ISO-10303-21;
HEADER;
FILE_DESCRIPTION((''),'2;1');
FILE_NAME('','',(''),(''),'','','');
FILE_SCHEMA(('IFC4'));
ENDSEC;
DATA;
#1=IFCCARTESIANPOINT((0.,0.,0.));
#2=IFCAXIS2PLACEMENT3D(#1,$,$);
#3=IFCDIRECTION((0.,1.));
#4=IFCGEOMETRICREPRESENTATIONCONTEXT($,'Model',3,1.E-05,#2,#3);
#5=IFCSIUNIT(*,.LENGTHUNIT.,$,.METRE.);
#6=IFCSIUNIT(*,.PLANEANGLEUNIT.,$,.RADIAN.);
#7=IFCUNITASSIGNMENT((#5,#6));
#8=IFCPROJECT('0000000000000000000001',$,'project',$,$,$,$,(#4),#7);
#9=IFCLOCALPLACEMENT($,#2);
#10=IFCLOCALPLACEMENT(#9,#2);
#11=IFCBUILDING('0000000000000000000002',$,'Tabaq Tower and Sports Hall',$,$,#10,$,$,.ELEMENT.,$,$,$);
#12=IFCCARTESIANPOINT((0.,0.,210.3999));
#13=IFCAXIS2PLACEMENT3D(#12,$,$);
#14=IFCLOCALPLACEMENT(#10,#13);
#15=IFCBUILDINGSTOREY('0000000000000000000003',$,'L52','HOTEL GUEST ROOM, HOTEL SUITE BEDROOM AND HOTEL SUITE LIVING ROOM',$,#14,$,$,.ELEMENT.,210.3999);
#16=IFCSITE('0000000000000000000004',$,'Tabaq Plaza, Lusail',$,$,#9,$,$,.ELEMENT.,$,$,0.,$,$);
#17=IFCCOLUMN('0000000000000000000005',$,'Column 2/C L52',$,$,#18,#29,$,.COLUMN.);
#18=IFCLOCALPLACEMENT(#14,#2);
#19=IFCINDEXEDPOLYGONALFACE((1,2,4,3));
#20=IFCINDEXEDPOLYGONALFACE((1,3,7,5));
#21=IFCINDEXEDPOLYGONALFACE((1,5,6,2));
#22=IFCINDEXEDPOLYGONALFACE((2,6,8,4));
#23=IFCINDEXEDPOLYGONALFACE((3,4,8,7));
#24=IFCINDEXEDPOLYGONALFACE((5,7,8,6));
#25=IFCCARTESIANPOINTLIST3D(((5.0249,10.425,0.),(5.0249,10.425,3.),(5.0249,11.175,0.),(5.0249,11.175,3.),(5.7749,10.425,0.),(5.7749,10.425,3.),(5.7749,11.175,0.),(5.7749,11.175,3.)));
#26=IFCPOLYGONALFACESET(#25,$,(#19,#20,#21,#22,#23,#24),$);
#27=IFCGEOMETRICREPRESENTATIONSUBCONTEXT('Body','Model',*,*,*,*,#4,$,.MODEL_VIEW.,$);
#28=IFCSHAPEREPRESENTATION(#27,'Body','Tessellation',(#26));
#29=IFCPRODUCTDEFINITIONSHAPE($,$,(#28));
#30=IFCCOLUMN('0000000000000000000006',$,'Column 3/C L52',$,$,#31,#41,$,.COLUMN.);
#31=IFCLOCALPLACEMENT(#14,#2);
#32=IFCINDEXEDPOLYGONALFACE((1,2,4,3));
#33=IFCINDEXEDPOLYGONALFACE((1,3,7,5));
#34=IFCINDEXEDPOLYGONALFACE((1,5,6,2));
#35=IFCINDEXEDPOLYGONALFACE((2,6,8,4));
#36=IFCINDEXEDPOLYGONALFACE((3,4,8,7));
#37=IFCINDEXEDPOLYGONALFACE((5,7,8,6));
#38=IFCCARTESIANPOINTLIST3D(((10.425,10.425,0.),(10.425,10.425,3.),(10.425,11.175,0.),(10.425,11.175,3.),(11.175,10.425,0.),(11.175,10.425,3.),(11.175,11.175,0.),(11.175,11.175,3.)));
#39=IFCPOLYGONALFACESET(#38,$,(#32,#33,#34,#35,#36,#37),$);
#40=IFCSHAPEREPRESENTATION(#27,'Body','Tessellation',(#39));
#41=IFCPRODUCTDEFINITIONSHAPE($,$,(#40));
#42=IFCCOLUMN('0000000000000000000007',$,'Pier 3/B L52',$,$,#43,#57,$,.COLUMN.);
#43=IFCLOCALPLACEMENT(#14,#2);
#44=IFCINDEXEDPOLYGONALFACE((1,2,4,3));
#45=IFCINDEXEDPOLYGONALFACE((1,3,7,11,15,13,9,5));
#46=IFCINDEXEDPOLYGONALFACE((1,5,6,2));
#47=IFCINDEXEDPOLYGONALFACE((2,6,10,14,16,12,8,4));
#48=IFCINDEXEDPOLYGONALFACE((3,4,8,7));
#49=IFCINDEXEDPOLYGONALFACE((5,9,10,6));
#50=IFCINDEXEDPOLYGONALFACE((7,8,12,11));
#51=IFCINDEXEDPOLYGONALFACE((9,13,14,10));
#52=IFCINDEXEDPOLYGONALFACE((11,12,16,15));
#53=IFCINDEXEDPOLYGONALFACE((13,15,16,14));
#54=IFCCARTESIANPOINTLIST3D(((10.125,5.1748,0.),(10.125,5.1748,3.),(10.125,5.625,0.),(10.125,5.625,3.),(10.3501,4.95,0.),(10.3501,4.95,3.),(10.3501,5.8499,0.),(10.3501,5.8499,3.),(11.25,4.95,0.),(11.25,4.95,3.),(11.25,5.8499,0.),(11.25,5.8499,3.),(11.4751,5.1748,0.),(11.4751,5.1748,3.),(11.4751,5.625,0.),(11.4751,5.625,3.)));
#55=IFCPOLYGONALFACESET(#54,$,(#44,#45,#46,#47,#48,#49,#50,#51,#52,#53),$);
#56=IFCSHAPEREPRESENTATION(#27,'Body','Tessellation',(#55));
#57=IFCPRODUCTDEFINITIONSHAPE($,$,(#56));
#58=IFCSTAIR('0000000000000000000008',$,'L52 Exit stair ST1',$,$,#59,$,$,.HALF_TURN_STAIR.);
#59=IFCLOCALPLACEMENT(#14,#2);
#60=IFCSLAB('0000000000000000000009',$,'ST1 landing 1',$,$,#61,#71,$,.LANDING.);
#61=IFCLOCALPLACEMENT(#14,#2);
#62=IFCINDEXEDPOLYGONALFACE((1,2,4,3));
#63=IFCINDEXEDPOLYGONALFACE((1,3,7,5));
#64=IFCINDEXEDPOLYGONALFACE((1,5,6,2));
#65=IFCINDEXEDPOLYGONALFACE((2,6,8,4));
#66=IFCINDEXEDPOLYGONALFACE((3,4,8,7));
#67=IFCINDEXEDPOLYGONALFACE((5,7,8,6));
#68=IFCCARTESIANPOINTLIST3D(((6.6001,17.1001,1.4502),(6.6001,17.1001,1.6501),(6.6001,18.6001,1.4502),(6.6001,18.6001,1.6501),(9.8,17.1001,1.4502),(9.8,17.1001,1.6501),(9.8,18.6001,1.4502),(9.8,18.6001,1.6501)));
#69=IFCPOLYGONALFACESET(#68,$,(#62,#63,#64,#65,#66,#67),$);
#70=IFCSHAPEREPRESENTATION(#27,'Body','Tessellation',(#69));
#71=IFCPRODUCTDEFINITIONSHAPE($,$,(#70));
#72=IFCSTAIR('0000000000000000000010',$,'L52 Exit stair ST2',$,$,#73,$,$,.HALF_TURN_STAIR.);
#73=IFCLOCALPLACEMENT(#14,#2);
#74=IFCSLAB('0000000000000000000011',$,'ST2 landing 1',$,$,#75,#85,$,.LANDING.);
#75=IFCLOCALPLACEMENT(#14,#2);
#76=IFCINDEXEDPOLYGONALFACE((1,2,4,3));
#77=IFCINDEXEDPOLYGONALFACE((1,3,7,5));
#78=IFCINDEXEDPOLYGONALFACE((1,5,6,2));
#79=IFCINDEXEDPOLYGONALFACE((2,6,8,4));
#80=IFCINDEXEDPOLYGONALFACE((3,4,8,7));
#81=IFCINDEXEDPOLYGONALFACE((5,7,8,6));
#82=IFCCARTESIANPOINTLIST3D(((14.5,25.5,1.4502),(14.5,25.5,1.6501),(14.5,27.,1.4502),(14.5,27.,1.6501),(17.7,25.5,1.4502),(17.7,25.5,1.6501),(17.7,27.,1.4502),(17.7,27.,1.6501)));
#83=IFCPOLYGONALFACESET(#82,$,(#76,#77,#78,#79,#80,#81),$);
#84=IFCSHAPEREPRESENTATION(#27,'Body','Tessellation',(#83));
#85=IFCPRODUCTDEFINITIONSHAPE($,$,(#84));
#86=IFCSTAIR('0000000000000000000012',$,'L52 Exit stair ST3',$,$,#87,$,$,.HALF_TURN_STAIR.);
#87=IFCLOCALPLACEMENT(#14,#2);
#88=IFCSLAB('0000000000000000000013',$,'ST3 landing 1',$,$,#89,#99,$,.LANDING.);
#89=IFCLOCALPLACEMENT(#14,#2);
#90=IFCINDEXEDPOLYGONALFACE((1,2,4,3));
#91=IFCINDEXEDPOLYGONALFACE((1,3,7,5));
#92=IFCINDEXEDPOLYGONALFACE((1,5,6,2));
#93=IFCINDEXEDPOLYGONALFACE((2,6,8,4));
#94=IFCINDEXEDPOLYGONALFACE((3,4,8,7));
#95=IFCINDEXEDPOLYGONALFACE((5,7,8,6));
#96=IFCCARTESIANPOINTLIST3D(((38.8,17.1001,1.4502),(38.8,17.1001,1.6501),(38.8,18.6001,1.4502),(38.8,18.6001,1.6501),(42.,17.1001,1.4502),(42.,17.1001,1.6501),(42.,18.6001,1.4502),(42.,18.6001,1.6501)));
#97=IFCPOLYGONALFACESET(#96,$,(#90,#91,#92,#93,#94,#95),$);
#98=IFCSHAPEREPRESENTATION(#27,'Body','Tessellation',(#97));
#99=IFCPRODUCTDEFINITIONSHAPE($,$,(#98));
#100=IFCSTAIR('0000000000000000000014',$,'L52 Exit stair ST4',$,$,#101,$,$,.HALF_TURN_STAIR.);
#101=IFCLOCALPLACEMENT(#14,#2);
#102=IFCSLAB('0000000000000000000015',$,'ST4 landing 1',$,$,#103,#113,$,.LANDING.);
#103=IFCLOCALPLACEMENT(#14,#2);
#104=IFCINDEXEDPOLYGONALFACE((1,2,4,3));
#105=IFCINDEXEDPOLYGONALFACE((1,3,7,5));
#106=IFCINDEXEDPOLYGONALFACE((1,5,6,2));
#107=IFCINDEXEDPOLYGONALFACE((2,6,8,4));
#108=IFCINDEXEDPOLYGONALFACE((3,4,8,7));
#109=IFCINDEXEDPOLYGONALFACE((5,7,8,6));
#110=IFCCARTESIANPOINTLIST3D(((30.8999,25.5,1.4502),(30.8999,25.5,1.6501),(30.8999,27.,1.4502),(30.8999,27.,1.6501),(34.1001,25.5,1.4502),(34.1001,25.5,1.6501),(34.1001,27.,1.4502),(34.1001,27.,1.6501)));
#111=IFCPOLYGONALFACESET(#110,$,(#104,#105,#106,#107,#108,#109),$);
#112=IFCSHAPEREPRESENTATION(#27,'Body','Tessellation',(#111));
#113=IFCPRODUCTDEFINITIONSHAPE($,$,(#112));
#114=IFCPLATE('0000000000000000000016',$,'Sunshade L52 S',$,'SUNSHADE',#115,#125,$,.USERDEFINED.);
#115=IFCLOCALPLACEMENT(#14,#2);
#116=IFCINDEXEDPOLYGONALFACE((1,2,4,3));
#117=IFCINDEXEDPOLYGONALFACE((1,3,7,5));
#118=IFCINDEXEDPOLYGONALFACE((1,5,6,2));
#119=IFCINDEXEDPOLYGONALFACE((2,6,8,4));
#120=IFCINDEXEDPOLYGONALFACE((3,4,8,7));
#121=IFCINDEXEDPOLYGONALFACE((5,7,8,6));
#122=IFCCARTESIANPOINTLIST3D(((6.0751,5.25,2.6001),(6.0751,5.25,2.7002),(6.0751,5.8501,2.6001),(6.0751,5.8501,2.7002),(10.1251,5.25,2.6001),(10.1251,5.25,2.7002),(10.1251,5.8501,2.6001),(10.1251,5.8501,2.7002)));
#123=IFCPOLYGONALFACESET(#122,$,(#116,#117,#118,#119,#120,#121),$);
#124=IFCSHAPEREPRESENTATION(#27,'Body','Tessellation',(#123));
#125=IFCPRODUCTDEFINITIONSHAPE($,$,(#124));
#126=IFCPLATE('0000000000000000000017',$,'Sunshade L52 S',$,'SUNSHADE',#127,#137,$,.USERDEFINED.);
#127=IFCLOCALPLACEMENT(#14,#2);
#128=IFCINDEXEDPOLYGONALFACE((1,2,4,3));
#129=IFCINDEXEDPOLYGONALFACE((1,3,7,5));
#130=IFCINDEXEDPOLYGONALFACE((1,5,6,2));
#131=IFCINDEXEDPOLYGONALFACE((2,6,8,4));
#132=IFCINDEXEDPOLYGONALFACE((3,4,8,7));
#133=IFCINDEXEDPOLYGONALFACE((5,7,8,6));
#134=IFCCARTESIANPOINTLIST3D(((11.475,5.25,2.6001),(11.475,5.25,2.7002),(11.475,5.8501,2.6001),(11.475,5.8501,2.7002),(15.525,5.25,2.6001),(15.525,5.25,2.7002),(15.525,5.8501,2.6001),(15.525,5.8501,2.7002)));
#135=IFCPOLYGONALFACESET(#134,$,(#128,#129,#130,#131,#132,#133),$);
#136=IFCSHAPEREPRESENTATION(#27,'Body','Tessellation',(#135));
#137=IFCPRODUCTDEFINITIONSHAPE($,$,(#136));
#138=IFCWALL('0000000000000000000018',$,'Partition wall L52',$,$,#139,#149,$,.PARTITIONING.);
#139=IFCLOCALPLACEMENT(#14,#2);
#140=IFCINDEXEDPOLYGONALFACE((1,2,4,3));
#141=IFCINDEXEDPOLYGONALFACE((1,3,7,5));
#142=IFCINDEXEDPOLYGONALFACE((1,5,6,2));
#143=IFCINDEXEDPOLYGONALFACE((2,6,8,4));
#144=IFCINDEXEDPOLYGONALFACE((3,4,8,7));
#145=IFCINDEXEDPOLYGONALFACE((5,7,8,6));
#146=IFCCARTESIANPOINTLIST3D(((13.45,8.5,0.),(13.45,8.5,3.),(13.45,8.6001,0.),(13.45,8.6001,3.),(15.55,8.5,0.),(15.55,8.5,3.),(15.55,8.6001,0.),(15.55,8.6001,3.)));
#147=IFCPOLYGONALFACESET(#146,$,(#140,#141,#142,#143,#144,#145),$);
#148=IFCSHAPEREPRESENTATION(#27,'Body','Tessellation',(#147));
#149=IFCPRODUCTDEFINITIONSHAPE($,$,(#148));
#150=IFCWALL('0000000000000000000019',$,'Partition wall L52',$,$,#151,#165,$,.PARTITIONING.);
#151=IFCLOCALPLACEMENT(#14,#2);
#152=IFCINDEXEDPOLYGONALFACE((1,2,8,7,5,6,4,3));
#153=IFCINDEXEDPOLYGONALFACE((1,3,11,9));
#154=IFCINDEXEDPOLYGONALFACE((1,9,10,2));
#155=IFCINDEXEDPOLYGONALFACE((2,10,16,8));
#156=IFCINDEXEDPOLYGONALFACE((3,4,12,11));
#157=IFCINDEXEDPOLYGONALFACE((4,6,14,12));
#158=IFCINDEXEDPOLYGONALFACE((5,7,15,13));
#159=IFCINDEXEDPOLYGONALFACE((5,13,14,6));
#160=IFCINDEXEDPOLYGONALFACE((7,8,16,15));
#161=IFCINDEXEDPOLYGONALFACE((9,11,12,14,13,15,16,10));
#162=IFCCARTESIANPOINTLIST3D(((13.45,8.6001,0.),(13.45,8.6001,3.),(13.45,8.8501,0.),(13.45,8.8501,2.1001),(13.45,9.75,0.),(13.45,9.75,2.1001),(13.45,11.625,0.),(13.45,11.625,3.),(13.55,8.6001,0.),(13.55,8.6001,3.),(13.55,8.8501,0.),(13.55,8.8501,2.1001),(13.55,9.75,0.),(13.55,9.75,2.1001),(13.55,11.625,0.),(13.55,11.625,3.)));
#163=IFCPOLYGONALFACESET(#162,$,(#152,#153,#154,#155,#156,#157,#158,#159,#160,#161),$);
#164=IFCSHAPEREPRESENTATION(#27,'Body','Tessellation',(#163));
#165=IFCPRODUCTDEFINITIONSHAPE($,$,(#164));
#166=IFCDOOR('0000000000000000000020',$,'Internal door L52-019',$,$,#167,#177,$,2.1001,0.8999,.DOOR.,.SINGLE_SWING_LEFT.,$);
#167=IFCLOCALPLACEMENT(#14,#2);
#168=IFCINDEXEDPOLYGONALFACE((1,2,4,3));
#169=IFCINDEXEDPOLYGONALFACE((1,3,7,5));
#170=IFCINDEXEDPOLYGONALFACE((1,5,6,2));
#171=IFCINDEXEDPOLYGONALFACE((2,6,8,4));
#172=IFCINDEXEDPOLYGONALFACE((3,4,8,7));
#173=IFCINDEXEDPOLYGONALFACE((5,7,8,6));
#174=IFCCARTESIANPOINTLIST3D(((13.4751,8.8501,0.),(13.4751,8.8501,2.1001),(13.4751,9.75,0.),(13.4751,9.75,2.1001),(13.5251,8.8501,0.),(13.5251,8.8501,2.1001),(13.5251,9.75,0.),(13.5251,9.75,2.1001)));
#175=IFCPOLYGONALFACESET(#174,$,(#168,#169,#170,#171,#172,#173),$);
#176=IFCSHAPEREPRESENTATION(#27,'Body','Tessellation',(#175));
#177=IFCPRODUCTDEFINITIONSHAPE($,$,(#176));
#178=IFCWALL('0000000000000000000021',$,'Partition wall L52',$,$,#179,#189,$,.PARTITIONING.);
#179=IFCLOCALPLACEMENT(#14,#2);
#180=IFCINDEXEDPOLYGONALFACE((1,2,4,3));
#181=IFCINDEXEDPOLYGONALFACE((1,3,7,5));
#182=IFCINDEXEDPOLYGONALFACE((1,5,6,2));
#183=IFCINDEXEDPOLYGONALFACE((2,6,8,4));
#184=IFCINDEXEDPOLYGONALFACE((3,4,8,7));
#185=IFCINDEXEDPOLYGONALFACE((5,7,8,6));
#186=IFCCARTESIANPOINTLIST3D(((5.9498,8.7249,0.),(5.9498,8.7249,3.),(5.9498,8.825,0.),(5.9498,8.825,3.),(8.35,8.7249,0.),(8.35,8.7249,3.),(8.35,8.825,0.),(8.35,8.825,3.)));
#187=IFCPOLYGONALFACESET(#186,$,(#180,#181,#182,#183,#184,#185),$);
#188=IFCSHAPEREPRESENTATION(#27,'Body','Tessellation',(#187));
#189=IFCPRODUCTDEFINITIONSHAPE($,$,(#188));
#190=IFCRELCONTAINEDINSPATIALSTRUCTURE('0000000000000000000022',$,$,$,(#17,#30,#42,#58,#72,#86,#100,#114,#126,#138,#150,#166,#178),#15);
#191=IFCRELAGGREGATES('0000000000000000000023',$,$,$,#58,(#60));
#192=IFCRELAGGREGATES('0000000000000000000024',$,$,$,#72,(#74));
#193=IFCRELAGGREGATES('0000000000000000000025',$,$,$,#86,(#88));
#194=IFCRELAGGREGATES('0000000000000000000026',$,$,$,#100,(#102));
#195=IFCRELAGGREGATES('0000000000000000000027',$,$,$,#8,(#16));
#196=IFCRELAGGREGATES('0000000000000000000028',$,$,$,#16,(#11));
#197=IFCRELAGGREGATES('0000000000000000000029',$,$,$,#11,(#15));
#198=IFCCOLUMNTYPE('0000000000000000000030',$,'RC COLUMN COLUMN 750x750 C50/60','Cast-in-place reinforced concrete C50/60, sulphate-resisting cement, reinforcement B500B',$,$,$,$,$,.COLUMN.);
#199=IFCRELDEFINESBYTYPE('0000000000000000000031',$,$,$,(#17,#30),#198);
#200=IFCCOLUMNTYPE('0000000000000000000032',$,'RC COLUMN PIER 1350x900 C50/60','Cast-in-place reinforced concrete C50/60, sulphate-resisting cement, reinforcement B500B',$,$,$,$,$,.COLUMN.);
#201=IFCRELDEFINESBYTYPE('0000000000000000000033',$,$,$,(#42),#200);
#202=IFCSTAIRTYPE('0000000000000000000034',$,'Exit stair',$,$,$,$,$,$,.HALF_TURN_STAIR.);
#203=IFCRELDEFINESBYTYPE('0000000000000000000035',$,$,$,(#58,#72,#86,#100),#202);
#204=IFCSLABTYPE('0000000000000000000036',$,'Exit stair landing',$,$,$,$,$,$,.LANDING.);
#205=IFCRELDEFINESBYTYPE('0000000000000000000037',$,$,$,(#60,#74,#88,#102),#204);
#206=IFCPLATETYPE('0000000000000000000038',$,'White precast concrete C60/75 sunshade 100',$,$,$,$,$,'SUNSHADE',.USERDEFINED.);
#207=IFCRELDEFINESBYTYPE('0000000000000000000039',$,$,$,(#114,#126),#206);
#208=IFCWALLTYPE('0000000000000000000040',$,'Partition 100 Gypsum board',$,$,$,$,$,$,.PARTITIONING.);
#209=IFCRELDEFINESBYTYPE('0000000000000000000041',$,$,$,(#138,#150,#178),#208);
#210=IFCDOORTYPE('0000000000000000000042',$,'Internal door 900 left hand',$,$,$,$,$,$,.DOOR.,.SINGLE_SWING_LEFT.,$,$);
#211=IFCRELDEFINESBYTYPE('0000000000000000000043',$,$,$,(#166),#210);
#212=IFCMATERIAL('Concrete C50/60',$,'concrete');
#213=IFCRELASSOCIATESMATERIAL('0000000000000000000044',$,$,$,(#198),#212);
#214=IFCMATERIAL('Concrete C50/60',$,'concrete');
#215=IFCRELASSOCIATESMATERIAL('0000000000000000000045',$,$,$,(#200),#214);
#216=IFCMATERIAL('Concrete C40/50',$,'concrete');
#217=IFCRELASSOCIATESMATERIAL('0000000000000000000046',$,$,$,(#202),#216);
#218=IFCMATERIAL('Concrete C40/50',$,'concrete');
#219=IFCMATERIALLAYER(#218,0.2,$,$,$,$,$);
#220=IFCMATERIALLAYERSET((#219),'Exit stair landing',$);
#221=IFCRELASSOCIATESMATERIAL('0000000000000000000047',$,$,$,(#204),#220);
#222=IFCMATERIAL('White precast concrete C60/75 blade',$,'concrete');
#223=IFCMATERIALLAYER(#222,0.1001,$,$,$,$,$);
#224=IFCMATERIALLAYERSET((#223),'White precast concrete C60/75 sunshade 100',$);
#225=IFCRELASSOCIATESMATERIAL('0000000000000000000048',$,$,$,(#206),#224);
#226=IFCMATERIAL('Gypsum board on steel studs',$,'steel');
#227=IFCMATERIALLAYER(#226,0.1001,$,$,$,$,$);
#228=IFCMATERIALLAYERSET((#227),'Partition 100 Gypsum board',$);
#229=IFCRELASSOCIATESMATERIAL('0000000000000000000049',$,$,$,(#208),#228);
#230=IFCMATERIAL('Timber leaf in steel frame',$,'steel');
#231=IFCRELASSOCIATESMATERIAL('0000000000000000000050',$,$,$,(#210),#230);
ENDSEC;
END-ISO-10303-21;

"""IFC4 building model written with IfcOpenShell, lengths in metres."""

from ifc_helpers import new_model, si_unit, direction, frame, frame_2d, origin, origin_2d, place, context, subcontext, project, spatial, polyline, rectangle, outline, extrude, material, layer, layer_set, material_profile, profile_set, type_object, element, fill, aggregate, save


model = new_model("IFC4")

# Units and contexts
model_context = context("Model", 3, precision=1e-05, world=origin(), true_north=direction((0.0, 1.0)))
body_context = subcontext(model_context, "Body", "Model", "MODEL_VIEW")
ifc_project = project(units=[si_unit("LENGTHUNIT", "METRE"), si_unit("PLANEANGLEUNIT", "RADIAN")], contexts=[model_context])

# Site, building, storey
site_placement = place(None, origin())
site = spatial("IfcSite", under=ifc_project, at=site_placement, Name="Tabaq Plaza, Lusail", CompositionType="ELEMENT", RefElevation=0.0)
building_placement = place(site_placement, origin())
building = spatial("IfcBuilding", under=site, at=building_placement, Name="Tabaq Tower and Sports Hall", CompositionType="ELEMENT")
storey_placement = place(building_placement, frame((0.0, 0.0, 210.3999)))
storey = spatial("IfcBuildingStorey", under=building, at=storey_placement, Name="L52", Description="HOTEL GUEST ROOM, HOTEL SUITE BEDROOM AND HOTEL SUITE LIVING ROOM", CompositionType="ELEMENT", Elevation=210.3999)

# Columns
ifc_material_1 = material(Name="Concrete C50/60", Category="concrete")
ifc_material_profile_1 = material_profile(ifc_material_1, rectangle(XDim=0.75, YDim=0.75, at=origin_2d()), Name="COLUMN 750x750")
ifc_profile_set_1 = profile_set([ifc_material_profile_1], Name="Concrete C50/60")
column_type_1 = type_object("IfcColumnType", Name="RC COLUMN COLUMN 750x750 C50/60", Description="Cast-in-place reinforced concrete C50/60, sulphate-resisting cement, reinforcement B500B", PredefinedType="COLUMN", material=ifc_profile_set_1)
for number, where, z_axis, x_axis, name in (
    (1, (5.3999, 10.8, 0.0), (0.0, 0.0, 1.0), (1.0, 0.0, 0.0), "Column 2/C L52"),
    (2, (10.8, 10.8, 0.0), (0.0, 0.0, 1.0), (1.0, 0.0, 0.0), "Column 3/C L52"),
):
    element("IfcColumn", number, at=place(storey_placement, frame(where, z_axis=z_axis, x_axis=x_axis)), inside=storey, type_object=column_type_1, Name=name, PredefinedType="COLUMN", context=body_context, shape_type="SweptSolid", body=[
        extrude(rectangle(XDim=0.75, YDim=0.75, at=origin_2d()), origin(), (0.0, 0.0, 1.0), 3.0),
    ])
ifc_material_2 = material(Name="Concrete C50/60", Category="concrete")
ifc_material_profile_2 = material_profile(ifc_material_2, outline(polyline([(-0.45, -0.45), (0.45, -0.45), (0.675, -0.2251), (0.675, 0.2251), (0.45, 0.45), (-0.45, 0.45), (-0.675, 0.2251), (-0.675, -0.2251), (-0.45, -0.45)])), Name="PIER 1350x900")
ifc_profile_set_2 = profile_set([ifc_material_profile_2], Name="Concrete C50/60")
column_type_2 = type_object("IfcColumnType", Name="RC COLUMN PIER 1350x900 C50/60", Description="Cast-in-place reinforced concrete C50/60, sulphate-resisting cement, reinforcement B500B", PredefinedType="COLUMN", material=ifc_profile_set_2)
column_placement = place(storey_placement, frame((10.8, 5.3999, 0.0), z_axis=(0.0, 0.0, 1.0), x_axis=(1.0, 0.0, 0.0)))
element("IfcColumn", 3, at=column_placement, inside=storey, type_object=column_type_2, Name="Pier 3/B L52", PredefinedType="COLUMN", context=body_context, shape_type="SweptSolid", body=[
    extrude(outline(polyline([(-0.45, -0.45), (0.45, -0.45), (0.675, -0.2251), (0.675, 0.2251), (0.45, 0.45), (-0.45, 0.45), (-0.675, 0.2251), (-0.675, -0.2251), (-0.45, -0.45)])), origin(), (0.0, 0.0, 1.0), 3.0),
])

# Stairs, slabs
ifc_material_3 = material(Name="Concrete C40/50", Category="concrete")
stair_type = type_object("IfcStairType", Name="Exit stair", PredefinedType="HALF_TURN_STAIR", material=ifc_material_3)
stair_1_placement = place(storey_placement, origin())
stair_1 = element("IfcStair", 4, at=stair_1_placement, inside=storey, type_object=stair_type, Name="L52 Exit stair ST1", PredefinedType="HALF_TURN_STAIR")
ifc_material_4 = material(Name="Concrete C40/50", Category="concrete")
ifc_layer_1 = layer(ifc_material_4, 0.2)
ifc_layer_set_1 = layer_set([ifc_layer_1], Name="Exit stair landing")
slab_type = type_object("IfcSlabType", Name="Exit stair landing", PredefinedType="LANDING", material=ifc_layer_set_1)
slab_1_placement = place(storey_placement, frame((0.0, 0.0, 1.4502)))
slab_1 = element("IfcSlab", 5, at=slab_1_placement, type_object=slab_type, Name="ST1 landing 1", PredefinedType="LANDING", context=body_context, shape_type="SweptSolid", body=[
    extrude(outline(polyline([(6.6001, 18.6001), (6.6001, 17.1001), (9.8, 17.1001), (9.8, 18.6001), (6.6001, 18.6001)])), origin(), (0.0, 0.0, 1.0), 0.2),
])
aggregate(stair_1, [slab_1])
stair_2_placement = place(storey_placement, origin())
stair_2 = element("IfcStair", 6, at=stair_2_placement, inside=storey, type_object=stair_type, Name="L52 Exit stair ST2", PredefinedType="HALF_TURN_STAIR")
slab_2_placement = place(storey_placement, frame((0.0, 0.0, 1.4502)))
slab_2 = element("IfcSlab", 7, at=slab_2_placement, type_object=slab_type, Name="ST2 landing 1", PredefinedType="LANDING", context=body_context, shape_type="SweptSolid", body=[
    extrude(outline(polyline([(14.5, 27.0), (14.5, 25.5), (17.7, 25.5), (17.7, 27.0), (14.5, 27.0)])), origin(), (0.0, 0.0, 1.0), 0.2),
])
aggregate(stair_2, [slab_2])
stair_3_placement = place(storey_placement, origin())
stair_3 = element("IfcStair", 8, at=stair_3_placement, inside=storey, type_object=stair_type, Name="L52 Exit stair ST3", PredefinedType="HALF_TURN_STAIR")
slab_3_placement = place(storey_placement, frame((0.0, 0.0, 1.4502)))
slab_3 = element("IfcSlab", 9, at=slab_3_placement, type_object=slab_type, Name="ST3 landing 1", PredefinedType="LANDING", context=body_context, shape_type="SweptSolid", body=[
    extrude(outline(polyline([(38.8, 18.6001), (38.8, 17.1001), (42.0, 17.1001), (42.0, 18.6001), (38.8, 18.6001)])), origin(), (0.0, 0.0, 1.0), 0.2),
])
aggregate(stair_3, [slab_3])
stair_4_placement = place(storey_placement, origin())
stair_4 = element("IfcStair", 10, at=stair_4_placement, inside=storey, type_object=stair_type, Name="L52 Exit stair ST4", PredefinedType="HALF_TURN_STAIR")
slab_4_placement = place(storey_placement, frame((0.0, 0.0, 1.4502)))
slab_4 = element("IfcSlab", 11, at=slab_4_placement, type_object=slab_type, Name="ST4 landing 1", PredefinedType="LANDING", context=body_context, shape_type="SweptSolid", body=[
    extrude(outline(polyline([(30.8999, 27.0), (30.8999, 25.5), (34.1001, 25.5), (34.1001, 27.0), (30.8999, 27.0)])), origin(), (0.0, 0.0, 1.0), 0.2),
])
aggregate(stair_4, [slab_4])

# Plates
ifc_material_5 = material(Name="White precast concrete C60/75 blade", Category="concrete")
ifc_layer_2 = layer(ifc_material_5, 0.1001)
ifc_layer_set_2 = layer_set([ifc_layer_2], Name="White precast concrete C60/75 sunshade 100")
plate_type = type_object("IfcPlateType", Name="White precast concrete C60/75 sunshade 100", ElementType="SUNSHADE", PredefinedType="USERDEFINED", material=ifc_layer_set_2)
for number, where, z_axis, x_axis, name in (
    (12, (8.1001, 5.55, 2.6001), (0.0, 0.0, 1.0), (1.0, 0.0, 0.0), "Sunshade L52 S"),
    (13, (13.5, 5.55, 2.6001), (0.0, 0.0, 1.0), (1.0, 0.0, 0.0), "Sunshade L52 S"),
):
    element("IfcPlate", number, at=place(storey_placement, frame(where, z_axis=z_axis, x_axis=x_axis)), inside=storey, type_object=plate_type, Name=name, ObjectType="SUNSHADE", PredefinedType="USERDEFINED", context=body_context, shape_type="SweptSolid", body=[
        extrude(rectangle(XDim=4.05, YDim=0.6001, at=origin_2d()), origin(), (0.0, 0.0, 1.0), 0.1001),
    ])

# Wall
ifc_material_6 = material(Name="Gypsum board on steel studs", Category="steel")
ifc_layer_3 = layer(ifc_material_6, 0.1001)
ifc_layer_set_3 = layer_set([ifc_layer_3], Name="Partition 100 Gypsum board")
wall_type_1 = type_object("IfcWallType", Name="Partition 100 Gypsum board", PredefinedType="PARTITIONING", material=ifc_layer_set_3)
wall_1_placement = place(storey_placement, frame((15.55, 8.55, 0.0), z_axis=(0.0, 0.0, 1.0), x_axis=(-1.0, 0.0, 0.0)))
element("IfcWall", 14, at=wall_1_placement, inside=storey, type_object=wall_type_1, Name="Partition wall L52", PredefinedType="PARTITIONING", context=body_context, shape_type="SweptSolid", body=[
    extrude(rectangle(XDim=2.1001, YDim=0.1001, at=frame_2d((1.05, 0.0))), origin(), (0.0, 0.0, 1.0), 3.0),
])

# Wall, opening, door
wall_2_placement = place(storey_placement, frame((13.5, 8.6001, 0.0), z_axis=(0.0, 0.0, 1.0), x_axis=(0.0, 1.0, 0.0)))
wall_2 = element("IfcWall", 15, at=wall_2_placement, inside=storey, type_object=wall_type_1, Name="Partition wall L52", PredefinedType="PARTITIONING", context=body_context, shape_type="SweptSolid", body=[
    extrude(rectangle(XDim=3.0249, YDim=0.1001, at=frame_2d((1.5125, 0.0))), origin(), (0.0, 0.0, 1.0), 3.0),
])
opening_1_placement = place(wall_2_placement, frame((0.25, 0.0, 0.0)))
opening_1 = element("IfcOpeningElement", 16, at=opening_1_placement, cuts=wall_2, PredefinedType="OPENING", context=body_context, shape_type="SweptSolid", body=[
    extrude(rectangle(XDim=0.8999, YDim=2.1001, at=frame_2d((0.45, 1.05))), frame((0.0, 0.05, 0.0), z_axis=(0.0, -1.0, 0.0), x_axis=(1.0, 0.0, 0.0)), (0.0, 0.0, 1.0), 0.1001),
])
ifc_material_7 = material(Name="Timber leaf in steel frame", Category="steel")
door_type_1 = type_object("IfcDoorType", Name="Internal door 900 left hand", OperationType="SINGLE_SWING_LEFT", PredefinedType="DOOR", material=ifc_material_7)
door_1_placement = place(opening_1_placement, origin())
door_1 = element("IfcDoor", 17, at=door_1_placement, inside=storey, type_object=door_type_1, Name="Internal door L52-019", OperationType="SINGLE_SWING_LEFT", OverallHeight=2.1001, OverallWidth=0.8999, PredefinedType="DOOR", context=body_context, shape_type="SweptSolid", body=[
    extrude(rectangle(XDim=0.8999, YDim=2.1001, at=frame_2d((0.45, 1.05))), frame((0.0, 0.0249, 0.0), z_axis=(0.0, -1.0, 0.0), x_axis=(1.0, 0.0, 0.0)), (0.0, 0.0, 1.0), 0.05),
])
fill(opening_1, door_1)

# Wall
wall_3_placement = place(storey_placement, frame((8.3501, 8.7749, 0.0), z_axis=(0.0, 0.0, 1.0), x_axis=(-1.0, 0.0, 0.0)))
element("IfcWall", 18, at=wall_3_placement, inside=storey, type_object=wall_type_1, Name="Partition wall L52", PredefinedType="PARTITIONING", context=body_context, shape_type="SweptSolid", body=[
    extrude(rectangle(XDim=2.4001, YDim=0.1001, at=frame_2d((1.2002, 0.0))), origin(), (0.0, 0.0, 1.0), 3.0),
])

save(model, "model.ifc")
